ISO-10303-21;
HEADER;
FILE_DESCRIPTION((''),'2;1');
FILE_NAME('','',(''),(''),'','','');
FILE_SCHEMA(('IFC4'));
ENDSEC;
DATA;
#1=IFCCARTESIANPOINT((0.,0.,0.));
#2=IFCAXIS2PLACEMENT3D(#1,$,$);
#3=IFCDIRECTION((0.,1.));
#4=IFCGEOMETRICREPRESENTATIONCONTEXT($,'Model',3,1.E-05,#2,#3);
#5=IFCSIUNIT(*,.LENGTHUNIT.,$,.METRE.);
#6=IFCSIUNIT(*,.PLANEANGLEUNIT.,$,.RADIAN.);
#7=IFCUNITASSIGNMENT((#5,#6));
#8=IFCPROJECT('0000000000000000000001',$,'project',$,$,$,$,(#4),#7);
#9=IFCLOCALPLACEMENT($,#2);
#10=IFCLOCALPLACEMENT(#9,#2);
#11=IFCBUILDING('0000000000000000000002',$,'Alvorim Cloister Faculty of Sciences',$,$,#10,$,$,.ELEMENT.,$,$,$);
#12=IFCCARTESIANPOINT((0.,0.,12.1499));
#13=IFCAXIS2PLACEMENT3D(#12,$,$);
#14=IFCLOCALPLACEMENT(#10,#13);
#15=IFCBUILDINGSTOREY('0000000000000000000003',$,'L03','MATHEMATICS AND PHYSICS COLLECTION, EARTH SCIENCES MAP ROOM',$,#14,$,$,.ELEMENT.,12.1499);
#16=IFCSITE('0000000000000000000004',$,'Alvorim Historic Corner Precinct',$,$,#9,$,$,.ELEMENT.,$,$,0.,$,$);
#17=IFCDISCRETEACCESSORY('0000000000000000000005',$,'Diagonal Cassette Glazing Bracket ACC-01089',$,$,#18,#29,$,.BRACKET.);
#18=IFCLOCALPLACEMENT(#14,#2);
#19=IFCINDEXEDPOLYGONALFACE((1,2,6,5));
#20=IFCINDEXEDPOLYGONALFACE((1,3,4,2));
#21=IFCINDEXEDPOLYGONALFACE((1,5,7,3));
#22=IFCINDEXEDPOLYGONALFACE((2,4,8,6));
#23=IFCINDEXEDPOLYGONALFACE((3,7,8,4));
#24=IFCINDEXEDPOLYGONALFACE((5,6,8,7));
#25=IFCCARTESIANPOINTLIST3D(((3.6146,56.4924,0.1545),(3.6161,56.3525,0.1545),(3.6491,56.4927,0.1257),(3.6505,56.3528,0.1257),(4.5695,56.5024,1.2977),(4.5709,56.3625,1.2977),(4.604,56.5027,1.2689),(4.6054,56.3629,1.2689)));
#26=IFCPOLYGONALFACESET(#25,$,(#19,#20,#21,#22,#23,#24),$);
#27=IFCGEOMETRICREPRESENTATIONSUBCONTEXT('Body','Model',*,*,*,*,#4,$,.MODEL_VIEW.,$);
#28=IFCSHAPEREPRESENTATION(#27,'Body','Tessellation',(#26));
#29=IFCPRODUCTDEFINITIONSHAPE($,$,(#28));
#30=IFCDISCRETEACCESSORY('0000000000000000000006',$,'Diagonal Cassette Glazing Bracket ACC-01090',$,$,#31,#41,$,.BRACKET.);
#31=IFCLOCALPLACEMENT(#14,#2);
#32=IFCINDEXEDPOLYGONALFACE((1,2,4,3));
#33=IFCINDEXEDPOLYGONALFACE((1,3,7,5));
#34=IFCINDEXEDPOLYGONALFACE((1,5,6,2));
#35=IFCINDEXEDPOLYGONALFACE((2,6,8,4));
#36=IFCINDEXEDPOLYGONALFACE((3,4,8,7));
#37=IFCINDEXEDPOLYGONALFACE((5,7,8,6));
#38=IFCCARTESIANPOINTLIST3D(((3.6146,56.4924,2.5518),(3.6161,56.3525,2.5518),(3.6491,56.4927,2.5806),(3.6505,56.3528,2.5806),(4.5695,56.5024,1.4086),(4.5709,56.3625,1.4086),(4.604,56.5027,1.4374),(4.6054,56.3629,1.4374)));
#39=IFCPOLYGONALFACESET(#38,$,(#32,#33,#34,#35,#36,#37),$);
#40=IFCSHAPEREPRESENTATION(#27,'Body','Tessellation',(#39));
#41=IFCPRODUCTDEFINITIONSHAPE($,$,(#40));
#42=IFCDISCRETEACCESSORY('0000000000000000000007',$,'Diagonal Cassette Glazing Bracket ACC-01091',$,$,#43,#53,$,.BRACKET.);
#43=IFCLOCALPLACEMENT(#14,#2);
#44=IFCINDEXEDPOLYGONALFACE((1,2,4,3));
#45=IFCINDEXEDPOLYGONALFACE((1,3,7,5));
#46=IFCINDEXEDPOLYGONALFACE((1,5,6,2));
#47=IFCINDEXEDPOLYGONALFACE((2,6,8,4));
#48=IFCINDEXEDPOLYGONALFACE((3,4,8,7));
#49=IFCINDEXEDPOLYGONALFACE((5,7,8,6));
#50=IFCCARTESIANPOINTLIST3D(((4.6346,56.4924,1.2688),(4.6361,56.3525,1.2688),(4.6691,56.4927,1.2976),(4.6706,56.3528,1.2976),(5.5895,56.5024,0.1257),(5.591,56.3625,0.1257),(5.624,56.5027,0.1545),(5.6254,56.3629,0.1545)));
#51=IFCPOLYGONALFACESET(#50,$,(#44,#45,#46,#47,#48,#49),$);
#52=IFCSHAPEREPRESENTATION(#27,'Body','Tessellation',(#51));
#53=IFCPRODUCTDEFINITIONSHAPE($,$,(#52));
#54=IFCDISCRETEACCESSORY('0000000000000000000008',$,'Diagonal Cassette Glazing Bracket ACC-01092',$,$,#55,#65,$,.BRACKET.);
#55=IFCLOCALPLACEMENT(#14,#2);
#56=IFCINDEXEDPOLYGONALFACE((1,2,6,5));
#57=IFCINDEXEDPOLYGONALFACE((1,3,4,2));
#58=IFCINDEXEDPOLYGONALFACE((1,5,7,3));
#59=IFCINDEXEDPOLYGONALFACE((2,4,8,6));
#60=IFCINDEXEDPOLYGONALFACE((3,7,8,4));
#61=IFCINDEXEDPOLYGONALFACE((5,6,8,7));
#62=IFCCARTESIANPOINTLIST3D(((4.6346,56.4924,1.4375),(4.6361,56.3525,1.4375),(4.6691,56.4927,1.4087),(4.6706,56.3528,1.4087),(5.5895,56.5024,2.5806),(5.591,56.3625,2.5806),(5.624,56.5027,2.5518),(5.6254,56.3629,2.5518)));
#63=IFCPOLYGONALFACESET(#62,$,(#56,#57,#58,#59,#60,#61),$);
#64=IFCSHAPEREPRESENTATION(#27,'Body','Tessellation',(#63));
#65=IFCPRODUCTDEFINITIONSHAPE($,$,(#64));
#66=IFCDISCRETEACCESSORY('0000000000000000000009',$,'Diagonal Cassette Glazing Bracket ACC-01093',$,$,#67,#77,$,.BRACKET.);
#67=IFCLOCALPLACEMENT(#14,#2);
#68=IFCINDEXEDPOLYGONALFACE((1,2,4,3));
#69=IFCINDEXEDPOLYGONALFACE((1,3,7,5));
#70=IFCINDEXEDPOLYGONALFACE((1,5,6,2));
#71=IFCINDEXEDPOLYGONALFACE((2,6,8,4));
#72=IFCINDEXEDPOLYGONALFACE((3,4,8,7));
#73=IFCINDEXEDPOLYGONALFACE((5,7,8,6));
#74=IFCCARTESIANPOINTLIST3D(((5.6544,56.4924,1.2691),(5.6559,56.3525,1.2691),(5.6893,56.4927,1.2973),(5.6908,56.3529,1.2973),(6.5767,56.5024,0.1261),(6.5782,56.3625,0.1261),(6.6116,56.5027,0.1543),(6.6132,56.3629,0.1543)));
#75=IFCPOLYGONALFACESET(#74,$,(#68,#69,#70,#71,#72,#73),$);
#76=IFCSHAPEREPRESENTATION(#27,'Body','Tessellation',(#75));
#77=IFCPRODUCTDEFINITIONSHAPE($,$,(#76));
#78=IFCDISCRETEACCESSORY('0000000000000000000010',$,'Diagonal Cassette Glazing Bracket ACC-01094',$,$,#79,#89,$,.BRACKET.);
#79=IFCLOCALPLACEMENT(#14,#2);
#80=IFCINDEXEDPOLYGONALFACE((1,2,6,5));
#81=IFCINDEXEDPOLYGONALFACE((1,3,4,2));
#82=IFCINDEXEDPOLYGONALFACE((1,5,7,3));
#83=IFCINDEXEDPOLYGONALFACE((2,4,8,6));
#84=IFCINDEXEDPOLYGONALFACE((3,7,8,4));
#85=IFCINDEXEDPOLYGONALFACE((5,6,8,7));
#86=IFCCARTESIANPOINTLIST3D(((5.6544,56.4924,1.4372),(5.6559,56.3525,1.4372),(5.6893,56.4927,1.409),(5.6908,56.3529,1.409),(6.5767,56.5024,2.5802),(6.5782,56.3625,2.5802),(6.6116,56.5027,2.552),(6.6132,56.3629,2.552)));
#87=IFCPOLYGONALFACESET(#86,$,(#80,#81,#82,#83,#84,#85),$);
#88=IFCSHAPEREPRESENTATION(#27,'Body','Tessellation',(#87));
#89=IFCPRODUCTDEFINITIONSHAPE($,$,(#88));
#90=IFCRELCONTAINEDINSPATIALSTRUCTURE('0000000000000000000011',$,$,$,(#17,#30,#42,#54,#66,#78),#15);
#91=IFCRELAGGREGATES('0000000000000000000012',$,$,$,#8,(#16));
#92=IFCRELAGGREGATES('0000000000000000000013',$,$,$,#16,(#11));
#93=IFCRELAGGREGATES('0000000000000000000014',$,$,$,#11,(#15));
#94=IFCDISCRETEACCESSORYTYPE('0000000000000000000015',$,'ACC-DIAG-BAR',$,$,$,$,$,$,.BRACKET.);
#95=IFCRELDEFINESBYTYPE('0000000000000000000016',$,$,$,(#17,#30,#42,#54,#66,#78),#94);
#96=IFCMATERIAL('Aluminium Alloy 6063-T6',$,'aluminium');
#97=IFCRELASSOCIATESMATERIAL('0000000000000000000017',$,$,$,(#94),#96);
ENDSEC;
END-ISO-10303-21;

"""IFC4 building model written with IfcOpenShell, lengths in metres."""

from ifc_helpers import new_model, si_unit, direction, frame, origin, origin_2d, place, context, subcontext, project, spatial, rectangle, extrude, material, type_object, element, save


model = new_model("IFC4")

# Units and contexts
model_context = context("Model", 3, precision=1e-05, world=origin(), true_north=direction((0.0, 1.0)))
body_context = subcontext(model_context, "Body", "Model", "MODEL_VIEW")
ifc_project = project(units=[si_unit("LENGTHUNIT", "METRE"), si_unit("PLANEANGLEUNIT", "RADIAN")], contexts=[model_context])

# Site, building, storey
site_placement = place(None, origin())
site = spatial("IfcSite", under=ifc_project, at=site_placement, Name="Alvorim Historic Corner Precinct", CompositionType="ELEMENT", RefElevation=0.0)
building_placement = place(site_placement, origin())
building = spatial("IfcBuilding", under=site, at=building_placement, Name="Alvorim Cloister Faculty of Sciences", CompositionType="ELEMENT")
storey_placement = place(building_placement, frame((0.0, 0.0, 12.1499)))
storey = spatial("IfcBuildingStorey", under=building, at=storey_placement, Name="L03", Description="MATHEMATICS AND PHYSICS COLLECTION, EARTH SCIENCES MAP ROOM", CompositionType="ELEMENT", Elevation=12.1499)

# Shared definitions
ifc_material_1 = material(Name="Aluminium Alloy 6063-T6", Category="aluminium")

# Discrete accessories
discrete_accessory_type = type_object("IfcDiscreteAccessoryType", Name="ACC-DIAG-BAR", PredefinedType="BRACKET", material=ifc_material_1)
for number, where, z_axis, x_axis, name in (
    (1, (3.6326, 56.4226, 0.1401), (0.641072, 0.006721, 0.767451), (-0.010483, 0.999945, 0.0), "Diagonal Cassette Glazing Bracket ACC-01089"),
    (2, (3.6326, 56.4226, 2.5662), (0.641072, 0.006721, -0.767451), (-0.010483, 0.999945, 0.0), "Diagonal Cassette Glazing Bracket ACC-01090"),
    (3, (4.6526, 56.4226, 1.2832), (0.641072, 0.006721, -0.767451), (-0.010483, 0.999945, 0.0), "Diagonal Cassette Glazing Bracket ACC-01091"),
    (4, (4.6526, 56.4226, 1.4231), (0.641072, 0.006721, 0.767451), (-0.010483, 0.999945, 0.0), "Diagonal Cassette Glazing Bracket ACC-01092"),
):
    element("IfcDiscreteAccessory", number, at=place(storey_placement, frame(where, z_axis=z_axis, x_axis=x_axis)), inside=storey, type_object=discrete_accessory_type, Name=name, PredefinedType="BRACKET", context=body_context, shape_type="SweptSolid", body=[
        extrude(rectangle(XDim=0.1399, YDim=0.0449, at=origin_2d()), origin(), (0.0, 0.0, 1.0), 1.4895),
    ])
for number, where, z_axis, x_axis, name in (
    (5, (5.6726, 56.4226, 1.2832), (0.627959, 0.006815, -0.778217), (-0.010852, 0.999941, 0.0), "Diagonal Cassette Glazing Bracket ACC-01093"),
    (6, (5.6726, 56.4226, 1.4231), (0.627959, 0.006815, 0.778217), (-0.010852, 0.999941, 0.0), "Diagonal Cassette Glazing Bracket ACC-01094"),
):
    element("IfcDiscreteAccessory", number, at=place(storey_placement, frame(where, z_axis=z_axis, x_axis=x_axis)), inside=storey, type_object=discrete_accessory_type, Name=name, PredefinedType="BRACKET", context=body_context, shape_type="SweptSolid", body=[
        extrude(rectangle(XDim=0.1399, YDim=0.0449, at=origin_2d()), origin(), (0.0, 0.0, 1.0), 1.4688),
    ])

save(model, "model.ifc")
